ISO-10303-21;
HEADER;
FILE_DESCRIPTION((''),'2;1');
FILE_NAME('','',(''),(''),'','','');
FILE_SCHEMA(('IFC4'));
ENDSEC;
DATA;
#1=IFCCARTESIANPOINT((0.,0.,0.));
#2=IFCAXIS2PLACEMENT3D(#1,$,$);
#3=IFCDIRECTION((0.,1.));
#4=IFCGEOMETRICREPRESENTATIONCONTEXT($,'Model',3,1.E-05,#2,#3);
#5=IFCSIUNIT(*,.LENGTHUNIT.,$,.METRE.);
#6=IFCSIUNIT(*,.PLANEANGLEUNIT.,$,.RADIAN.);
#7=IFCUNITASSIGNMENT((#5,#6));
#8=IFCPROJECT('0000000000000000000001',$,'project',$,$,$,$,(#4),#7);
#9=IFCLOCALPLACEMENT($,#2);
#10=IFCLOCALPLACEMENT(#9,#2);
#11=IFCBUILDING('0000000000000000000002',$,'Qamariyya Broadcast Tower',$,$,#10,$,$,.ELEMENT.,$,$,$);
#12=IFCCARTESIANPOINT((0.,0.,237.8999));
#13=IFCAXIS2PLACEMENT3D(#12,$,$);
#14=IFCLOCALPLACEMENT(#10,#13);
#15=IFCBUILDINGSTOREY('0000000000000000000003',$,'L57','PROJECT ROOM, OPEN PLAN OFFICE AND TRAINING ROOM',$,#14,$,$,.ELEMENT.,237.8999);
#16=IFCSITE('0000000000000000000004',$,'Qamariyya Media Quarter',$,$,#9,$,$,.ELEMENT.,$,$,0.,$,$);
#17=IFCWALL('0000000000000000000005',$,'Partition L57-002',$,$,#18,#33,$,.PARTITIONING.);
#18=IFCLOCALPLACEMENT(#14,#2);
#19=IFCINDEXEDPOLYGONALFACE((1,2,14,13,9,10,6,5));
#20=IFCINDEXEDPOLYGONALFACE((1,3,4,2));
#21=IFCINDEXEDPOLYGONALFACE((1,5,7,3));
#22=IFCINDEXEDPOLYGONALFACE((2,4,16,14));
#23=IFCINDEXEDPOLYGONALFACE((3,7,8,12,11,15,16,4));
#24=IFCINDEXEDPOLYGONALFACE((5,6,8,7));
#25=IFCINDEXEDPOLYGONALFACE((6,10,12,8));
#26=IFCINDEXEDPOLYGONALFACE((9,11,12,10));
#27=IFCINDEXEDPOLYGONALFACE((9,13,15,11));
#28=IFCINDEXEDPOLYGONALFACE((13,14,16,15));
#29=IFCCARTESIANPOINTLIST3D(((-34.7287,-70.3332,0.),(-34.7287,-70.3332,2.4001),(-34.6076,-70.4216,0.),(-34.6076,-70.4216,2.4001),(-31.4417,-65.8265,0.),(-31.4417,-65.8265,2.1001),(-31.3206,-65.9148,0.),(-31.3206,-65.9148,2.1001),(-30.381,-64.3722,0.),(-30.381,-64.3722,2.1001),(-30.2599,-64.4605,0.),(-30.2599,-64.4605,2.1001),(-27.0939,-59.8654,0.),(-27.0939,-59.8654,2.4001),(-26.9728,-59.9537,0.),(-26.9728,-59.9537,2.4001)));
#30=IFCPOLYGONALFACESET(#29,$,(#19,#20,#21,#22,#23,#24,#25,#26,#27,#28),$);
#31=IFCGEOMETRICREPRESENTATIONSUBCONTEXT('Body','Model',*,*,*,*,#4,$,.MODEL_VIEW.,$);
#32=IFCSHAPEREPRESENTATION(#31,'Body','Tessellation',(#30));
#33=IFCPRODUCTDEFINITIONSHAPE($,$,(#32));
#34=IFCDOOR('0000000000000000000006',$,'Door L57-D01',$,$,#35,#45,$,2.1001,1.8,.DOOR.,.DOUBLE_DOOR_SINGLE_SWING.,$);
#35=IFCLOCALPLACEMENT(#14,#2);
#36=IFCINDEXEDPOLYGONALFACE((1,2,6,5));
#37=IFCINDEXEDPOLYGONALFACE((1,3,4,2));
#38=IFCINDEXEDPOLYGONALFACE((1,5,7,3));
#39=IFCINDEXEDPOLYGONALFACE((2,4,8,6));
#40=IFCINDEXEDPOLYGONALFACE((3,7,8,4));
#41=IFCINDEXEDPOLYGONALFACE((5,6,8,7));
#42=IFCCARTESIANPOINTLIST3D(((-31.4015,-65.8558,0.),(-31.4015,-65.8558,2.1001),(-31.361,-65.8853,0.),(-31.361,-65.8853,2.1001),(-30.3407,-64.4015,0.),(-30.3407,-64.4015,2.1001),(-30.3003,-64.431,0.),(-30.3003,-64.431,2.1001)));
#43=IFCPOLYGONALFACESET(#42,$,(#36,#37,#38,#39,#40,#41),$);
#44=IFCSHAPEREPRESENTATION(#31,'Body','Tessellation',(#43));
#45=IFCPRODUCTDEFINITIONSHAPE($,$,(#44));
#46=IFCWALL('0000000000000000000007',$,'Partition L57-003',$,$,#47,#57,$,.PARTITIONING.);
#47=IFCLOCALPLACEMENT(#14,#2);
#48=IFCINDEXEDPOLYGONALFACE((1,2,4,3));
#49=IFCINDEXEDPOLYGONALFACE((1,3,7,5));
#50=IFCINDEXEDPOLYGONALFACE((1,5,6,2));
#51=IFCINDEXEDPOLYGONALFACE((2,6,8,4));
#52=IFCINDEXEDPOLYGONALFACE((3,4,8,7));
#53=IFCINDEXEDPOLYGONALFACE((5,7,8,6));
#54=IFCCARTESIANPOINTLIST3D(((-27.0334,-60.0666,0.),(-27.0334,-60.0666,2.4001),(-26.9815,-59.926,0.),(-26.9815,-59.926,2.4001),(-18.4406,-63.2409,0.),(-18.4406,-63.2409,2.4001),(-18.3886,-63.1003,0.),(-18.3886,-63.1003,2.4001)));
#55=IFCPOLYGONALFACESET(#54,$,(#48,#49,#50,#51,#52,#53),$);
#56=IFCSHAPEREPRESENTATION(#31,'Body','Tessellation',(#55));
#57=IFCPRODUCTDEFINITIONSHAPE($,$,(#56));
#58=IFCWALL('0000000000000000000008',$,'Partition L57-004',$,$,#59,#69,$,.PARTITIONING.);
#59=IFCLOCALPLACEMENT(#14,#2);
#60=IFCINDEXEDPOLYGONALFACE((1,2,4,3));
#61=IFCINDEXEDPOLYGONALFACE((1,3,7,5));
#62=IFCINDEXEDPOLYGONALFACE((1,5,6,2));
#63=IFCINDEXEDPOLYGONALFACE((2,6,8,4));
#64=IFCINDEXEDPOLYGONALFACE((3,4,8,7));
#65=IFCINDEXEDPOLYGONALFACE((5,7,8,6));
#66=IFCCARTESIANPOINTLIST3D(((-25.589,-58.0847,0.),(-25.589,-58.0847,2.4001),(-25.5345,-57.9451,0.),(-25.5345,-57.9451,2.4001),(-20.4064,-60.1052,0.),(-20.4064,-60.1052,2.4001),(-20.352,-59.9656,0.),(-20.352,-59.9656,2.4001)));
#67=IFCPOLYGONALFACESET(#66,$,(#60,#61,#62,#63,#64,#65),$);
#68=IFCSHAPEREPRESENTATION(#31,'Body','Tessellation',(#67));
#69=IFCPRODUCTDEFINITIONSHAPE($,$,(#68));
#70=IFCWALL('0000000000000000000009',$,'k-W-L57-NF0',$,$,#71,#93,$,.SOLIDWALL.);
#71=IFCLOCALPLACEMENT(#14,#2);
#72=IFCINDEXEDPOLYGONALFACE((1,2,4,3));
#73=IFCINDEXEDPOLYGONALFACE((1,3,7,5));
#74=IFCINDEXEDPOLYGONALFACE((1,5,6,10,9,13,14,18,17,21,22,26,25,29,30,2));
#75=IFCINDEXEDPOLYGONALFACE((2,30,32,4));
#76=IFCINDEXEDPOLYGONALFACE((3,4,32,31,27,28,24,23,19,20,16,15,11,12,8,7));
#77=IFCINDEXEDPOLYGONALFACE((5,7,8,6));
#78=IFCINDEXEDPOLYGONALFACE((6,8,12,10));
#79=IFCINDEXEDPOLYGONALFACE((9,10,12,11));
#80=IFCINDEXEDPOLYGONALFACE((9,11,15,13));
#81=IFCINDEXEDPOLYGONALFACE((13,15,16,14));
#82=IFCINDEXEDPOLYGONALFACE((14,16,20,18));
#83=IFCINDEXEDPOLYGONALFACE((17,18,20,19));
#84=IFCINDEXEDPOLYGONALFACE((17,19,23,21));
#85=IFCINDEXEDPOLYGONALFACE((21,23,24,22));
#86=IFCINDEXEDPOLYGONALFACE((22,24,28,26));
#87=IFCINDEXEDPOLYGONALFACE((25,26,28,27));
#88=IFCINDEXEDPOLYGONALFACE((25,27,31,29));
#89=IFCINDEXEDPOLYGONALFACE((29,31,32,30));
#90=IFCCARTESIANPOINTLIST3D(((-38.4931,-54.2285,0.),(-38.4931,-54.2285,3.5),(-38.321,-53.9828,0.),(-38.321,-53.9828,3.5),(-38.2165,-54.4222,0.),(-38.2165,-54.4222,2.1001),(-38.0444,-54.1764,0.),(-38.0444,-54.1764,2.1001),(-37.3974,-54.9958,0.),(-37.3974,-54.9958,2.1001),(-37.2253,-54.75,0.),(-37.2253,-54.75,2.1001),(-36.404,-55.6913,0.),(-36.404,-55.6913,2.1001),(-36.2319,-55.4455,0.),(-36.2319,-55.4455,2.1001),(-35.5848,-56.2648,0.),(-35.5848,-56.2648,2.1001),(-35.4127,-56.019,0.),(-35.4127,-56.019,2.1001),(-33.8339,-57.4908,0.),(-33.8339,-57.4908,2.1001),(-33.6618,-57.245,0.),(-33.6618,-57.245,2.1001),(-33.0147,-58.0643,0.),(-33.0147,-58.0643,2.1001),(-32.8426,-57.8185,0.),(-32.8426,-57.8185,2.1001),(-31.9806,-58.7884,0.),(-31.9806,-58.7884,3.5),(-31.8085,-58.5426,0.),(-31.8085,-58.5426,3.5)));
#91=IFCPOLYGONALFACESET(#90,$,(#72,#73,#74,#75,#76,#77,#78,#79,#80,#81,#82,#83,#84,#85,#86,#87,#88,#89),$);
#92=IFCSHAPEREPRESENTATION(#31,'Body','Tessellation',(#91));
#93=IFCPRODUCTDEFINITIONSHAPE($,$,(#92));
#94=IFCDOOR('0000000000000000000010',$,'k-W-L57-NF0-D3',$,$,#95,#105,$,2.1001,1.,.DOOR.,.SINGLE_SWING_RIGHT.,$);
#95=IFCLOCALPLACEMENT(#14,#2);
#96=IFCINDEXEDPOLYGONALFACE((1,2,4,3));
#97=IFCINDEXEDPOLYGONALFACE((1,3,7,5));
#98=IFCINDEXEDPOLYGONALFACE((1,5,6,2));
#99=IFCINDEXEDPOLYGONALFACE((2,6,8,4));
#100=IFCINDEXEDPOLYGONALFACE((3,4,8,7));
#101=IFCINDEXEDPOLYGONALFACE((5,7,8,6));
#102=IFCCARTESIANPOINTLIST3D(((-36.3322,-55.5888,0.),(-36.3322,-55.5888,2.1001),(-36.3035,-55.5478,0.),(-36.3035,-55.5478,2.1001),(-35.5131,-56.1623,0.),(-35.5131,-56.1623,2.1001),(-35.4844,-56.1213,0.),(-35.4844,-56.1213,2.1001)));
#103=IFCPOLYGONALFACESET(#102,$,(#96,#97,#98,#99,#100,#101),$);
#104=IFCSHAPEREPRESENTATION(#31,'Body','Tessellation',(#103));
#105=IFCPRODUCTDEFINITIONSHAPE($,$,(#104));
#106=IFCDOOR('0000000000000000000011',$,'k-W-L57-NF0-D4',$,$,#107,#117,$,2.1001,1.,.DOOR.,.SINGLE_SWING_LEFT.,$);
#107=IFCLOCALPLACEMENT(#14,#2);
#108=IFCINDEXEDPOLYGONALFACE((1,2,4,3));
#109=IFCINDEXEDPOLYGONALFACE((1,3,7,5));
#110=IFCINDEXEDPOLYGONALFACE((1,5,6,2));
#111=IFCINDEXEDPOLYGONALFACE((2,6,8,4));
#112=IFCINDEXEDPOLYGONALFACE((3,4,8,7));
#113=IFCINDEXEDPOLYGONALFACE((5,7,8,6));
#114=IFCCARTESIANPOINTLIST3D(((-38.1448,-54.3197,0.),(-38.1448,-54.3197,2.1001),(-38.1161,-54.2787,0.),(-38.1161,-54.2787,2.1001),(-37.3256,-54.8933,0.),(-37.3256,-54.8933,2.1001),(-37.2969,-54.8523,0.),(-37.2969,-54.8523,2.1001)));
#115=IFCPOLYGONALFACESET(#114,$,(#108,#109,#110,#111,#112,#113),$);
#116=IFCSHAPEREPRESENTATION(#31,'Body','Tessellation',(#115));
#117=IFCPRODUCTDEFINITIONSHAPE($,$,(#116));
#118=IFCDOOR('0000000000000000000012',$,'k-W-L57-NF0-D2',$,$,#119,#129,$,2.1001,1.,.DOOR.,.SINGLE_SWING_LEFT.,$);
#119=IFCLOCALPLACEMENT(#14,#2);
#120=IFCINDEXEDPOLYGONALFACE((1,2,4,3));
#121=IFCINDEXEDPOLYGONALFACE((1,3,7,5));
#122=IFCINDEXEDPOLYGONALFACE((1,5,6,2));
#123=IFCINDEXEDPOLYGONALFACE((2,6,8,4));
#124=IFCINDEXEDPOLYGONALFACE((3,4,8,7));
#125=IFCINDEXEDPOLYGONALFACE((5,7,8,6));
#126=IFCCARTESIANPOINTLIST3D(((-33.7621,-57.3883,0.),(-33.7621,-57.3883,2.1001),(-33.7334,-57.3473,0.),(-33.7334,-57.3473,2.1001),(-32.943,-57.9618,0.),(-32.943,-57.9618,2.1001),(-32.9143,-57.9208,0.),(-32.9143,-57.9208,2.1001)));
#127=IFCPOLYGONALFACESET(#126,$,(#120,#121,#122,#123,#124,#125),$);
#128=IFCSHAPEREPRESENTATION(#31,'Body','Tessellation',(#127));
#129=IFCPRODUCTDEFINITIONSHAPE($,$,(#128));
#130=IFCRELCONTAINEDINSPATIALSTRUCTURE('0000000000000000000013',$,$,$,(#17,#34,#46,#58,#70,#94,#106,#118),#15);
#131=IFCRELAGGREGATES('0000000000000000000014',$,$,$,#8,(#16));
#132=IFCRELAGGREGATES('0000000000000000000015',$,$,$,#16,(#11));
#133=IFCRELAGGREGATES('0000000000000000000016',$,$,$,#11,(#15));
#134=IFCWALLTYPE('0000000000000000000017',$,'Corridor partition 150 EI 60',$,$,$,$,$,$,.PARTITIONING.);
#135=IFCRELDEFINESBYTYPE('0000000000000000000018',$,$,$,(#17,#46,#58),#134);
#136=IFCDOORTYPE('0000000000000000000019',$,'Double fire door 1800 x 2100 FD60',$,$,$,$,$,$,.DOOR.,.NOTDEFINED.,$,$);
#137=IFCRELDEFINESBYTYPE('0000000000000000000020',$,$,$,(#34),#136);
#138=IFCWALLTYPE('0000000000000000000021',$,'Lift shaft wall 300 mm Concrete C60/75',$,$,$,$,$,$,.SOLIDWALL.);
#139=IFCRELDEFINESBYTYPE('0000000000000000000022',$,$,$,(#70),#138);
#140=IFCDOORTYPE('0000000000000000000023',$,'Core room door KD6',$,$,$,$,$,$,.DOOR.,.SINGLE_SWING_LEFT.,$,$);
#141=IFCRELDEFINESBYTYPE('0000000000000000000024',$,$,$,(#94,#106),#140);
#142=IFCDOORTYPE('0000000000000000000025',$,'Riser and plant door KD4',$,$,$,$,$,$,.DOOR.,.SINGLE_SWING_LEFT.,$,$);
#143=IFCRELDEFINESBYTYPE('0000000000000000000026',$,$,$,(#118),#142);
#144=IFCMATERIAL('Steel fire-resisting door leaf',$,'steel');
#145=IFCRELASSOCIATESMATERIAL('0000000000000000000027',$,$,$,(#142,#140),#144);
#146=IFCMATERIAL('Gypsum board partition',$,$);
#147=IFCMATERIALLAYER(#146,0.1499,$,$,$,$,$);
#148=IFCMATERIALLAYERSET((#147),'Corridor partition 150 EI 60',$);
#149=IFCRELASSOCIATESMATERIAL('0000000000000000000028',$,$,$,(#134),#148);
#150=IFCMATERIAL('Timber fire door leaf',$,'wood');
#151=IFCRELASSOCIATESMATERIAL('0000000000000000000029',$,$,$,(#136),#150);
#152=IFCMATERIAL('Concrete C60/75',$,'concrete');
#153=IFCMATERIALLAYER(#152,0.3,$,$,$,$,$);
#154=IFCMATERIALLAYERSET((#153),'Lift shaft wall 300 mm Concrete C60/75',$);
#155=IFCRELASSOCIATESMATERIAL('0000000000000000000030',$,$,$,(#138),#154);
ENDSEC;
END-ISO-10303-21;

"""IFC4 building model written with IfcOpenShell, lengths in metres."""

from ifc_helpers import new_model, si_unit, direction, frame, frame_2d, origin, place, context, subcontext, project, spatial, rectangle, extrude, material, layer, layer_set, type_object, element, fill, save


model = new_model("IFC4")

# Units and contexts
model_context = context("Model", 3, precision=1e-05, world=origin(), true_north=direction((0.0, 1.0)))
body_context = subcontext(model_context, "Body", "Model", "MODEL_VIEW")
ifc_project = project(units=[si_unit("LENGTHUNIT", "METRE"), si_unit("PLANEANGLEUNIT", "RADIAN")], contexts=[model_context])

# Site, building, storey
site_placement = place(None, origin())
site = spatial("IfcSite", under=ifc_project, at=site_placement, Name="Qamariyya Media Quarter", CompositionType="ELEMENT", RefElevation=0.0)
building_placement = place(site_placement, origin())
building = spatial("IfcBuilding", under=site, at=building_placement, Name="Qamariyya Broadcast Tower", CompositionType="ELEMENT")
storey_placement = place(building_placement, frame((0.0, 0.0, 237.8999)))
storey = spatial("IfcBuildingStorey", under=building, at=storey_placement, Name="L57", Description="PROJECT ROOM, OPEN PLAN OFFICE AND TRAINING ROOM", CompositionType="ELEMENT", Elevation=237.8999)

# Shared definitions
ifc_material_1 = material(Name="Concrete C60/75", Category="concrete")

# Shared definitions
ifc_material_2 = material(Name="Steel fire-resisting door leaf", Category="steel")

# Shared definitions
door_type_1 = type_object("IfcDoorType", Name="Riser and plant door KD4", OperationType="SINGLE_SWING_LEFT", PredefinedType="DOOR", material=ifc_material_2)

# Wall, opening, door
ifc_material_3 = material(Name="Gypsum board partition")
ifc_layer_1 = layer(ifc_material_3, 0.1499)
ifc_layer_set_1 = layer_set([ifc_layer_1], Name="Corridor partition 150 EI 60")
wall_type_1 = type_object("IfcWallType", Name="Corridor partition 150 EI 60", PredefinedType="PARTITIONING", material=ifc_layer_set_1)
wall_1_placement = place(storey_placement, frame((-27.0334, -59.9097, 0.0), z_axis=(0.0, 0.0, 1.0), x_axis=(-0.589274, -0.807934, 0.0)))
wall_1 = element("IfcWall", 1, at=wall_1_placement, inside=storey, type_object=wall_type_1, Name="Partition L57-002", PredefinedType="PARTITIONING", context=body_context, shape_type="SweptSolid", body=[
    extrude(rectangle(XDim=12.9563, YDim=0.1499, at=frame_2d((6.478, 0.0))), origin(), (0.0, 0.0, 1.0), 2.4001),
])
opening_1_placement = place(wall_1_placement, frame((5.5781, 0.0, 0.0)))
opening_1 = element("IfcOpeningElement", 2, at=opening_1_placement, cuts=wall_1, PredefinedType="OPENING", context=body_context, shape_type="SweptSolid", body=[
    extrude(rectangle(XDim=1.8, YDim=2.1001, at=frame_2d((0.8999, 1.05))), frame((0.0, 0.085, 0.0), z_axis=(0.0, -1.0, 0.0), x_axis=(1.0, 0.0, 0.0)), (0.0, 0.0, 1.0), 0.1699),
])
ifc_material_4 = material(Name="Timber fire door leaf", Category="wood")
door_type_2 = type_object("IfcDoorType", Name="Double fire door 1800 x 2100 FD60", OperationType="NOTDEFINED", PredefinedType="DOOR", material=ifc_material_4)
door_1_placement = place(opening_1_placement, origin())
door_1 = element("IfcDoor", 3, at=door_1_placement, inside=storey, type_object=door_type_2, Name="Door L57-D01", OperationType="DOUBLE_DOOR_SINGLE_SWING", OverallHeight=2.1001, OverallWidth=1.8, PredefinedType="DOOR", context=body_context, shape_type="SweptSolid", body=[
    extrude(rectangle(XDim=1.8, YDim=2.1001, at=frame_2d((0.8999, 1.05))), frame((0.0, 0.0249, 0.0), z_axis=(0.0, -1.0, 0.0), x_axis=(1.0, 0.0, 0.0)), (0.0, 0.0, 1.0), 0.05),
])
fill(opening_1, door_1)

# Walls
wall_2_placement = place(storey_placement, frame((-27.0073, -59.9963, 0.0), z_axis=(0.0, 0.0, 1.0), x_axis=(0.93804, -0.346528, 0.0)))
element("IfcWall", 4, at=wall_2_placement, inside=storey, type_object=wall_type_1, Name="Partition L57-003", PredefinedType="PARTITIONING", context=body_context, shape_type="SweptSolid", body=[
    extrude(rectangle(XDim=9.1604, YDim=0.1499, at=frame_2d((4.5801, 0.0))), origin(), (0.0, 0.0, 1.0), 2.4001),
])
wall_3_placement = place(storey_placement, frame((-25.5618, -58.0149, 0.0), z_axis=(0.0, 0.0, 1.0), x_axis=(0.931698, -0.363234, 0.0)))
element("IfcWall", 5, at=wall_3_placement, inside=storey, type_object=wall_type_1, Name="Partition L57-004", PredefinedType="PARTITIONING", context=body_context, shape_type="SweptSolid", body=[
    extrude(rectangle(XDim=5.5625, YDim=0.1499, at=frame_2d((2.7812, 0.0))), origin(), (0.0, 0.0, 1.0), 2.4001),
])

# Wall, openings, doors
ifc_layer_2 = layer(ifc_material_1, 0.3)
ifc_layer_set_2 = layer_set([ifc_layer_2], Name="Lift shaft wall 300 mm Concrete C60/75")
wall_type_2 = type_object("IfcWallType", Name="Lift shaft wall 300 mm Concrete C60/75", PredefinedType="SOLIDWALL", material=ifc_layer_set_2)
wall_4_placement = place(storey_placement, frame((-31.8945, -58.6655, 0.0), z_axis=(0.0, 0.0, 1.0), x_axis=(-0.819167, 0.573555, 0.0)))
wall_4 = element("IfcWall", 6, at=wall_4_placement, inside=storey, type_object=wall_type_2, Name="k-W-L57-NF0", PredefinedType="SOLIDWALL", context=body_context, shape_type="SweptSolid", body=[
    extrude(rectangle(XDim=7.9502, YDim=0.3, at=frame_2d((3.9751, 0.0))), origin(), (0.0, 0.0, 1.0), 3.5),
])
opening_2_placement = place(wall_4_placement, frame((1.2625, 0.0, 0.0)))
opening_2 = element("IfcOpeningElement", 7, at=opening_2_placement, cuts=wall_4, PredefinedType="OPENING", context=body_context, shape_type="SweptSolid", body=[
    extrude(rectangle(XDim=1.0, YDim=2.1001, at=frame_2d((0.5, 1.05))), frame((0.0, 0.1599, 0.0), z_axis=(0.0, -1.0, 0.0), x_axis=(1.0, 0.0, 0.0)), (0.0, 0.0, 1.0), 0.3201),
])
opening_3_placement = place(wall_4_placement, frame((4.3999, 0.0, 0.0)))
opening_3 = element("IfcOpeningElement", 8, at=opening_3_placement, cuts=wall_4, PredefinedType="OPENING", context=body_context, shape_type="SweptSolid", body=[
    extrude(rectangle(XDim=1.0, YDim=2.1001, at=frame_2d((0.5, 1.05))), frame((0.0, 0.1599, 0.0), z_axis=(0.0, -1.0, 0.0), x_axis=(1.0, 0.0, 0.0)), (0.0, 0.0, 1.0), 0.3201),
])
opening_4_placement = place(wall_4_placement, frame((6.6125, 0.0, 0.0)))
opening_4 = element("IfcOpeningElement", 9, at=opening_4_placement, cuts=wall_4, PredefinedType="OPENING", context=body_context, shape_type="SweptSolid", body=[
    extrude(rectangle(XDim=1.0, YDim=2.1001, at=frame_2d((0.5, 1.05))), frame((0.0, 0.1599, 0.0), z_axis=(0.0, -1.0, 0.0), x_axis=(1.0, 0.0, 0.0)), (0.0, 0.0, 1.0), 0.3201),
])
door_type_3 = type_object("IfcDoorType", Name="Core room door KD6", OperationType="SINGLE_SWING_LEFT", PredefinedType="DOOR", material=ifc_material_2)
door_2_placement = place(opening_3_placement, origin())
door_2 = element("IfcDoor", 10, at=door_2_placement, inside=storey, type_object=door_type_3, Name="k-W-L57-NF0-D3", OperationType="SINGLE_SWING_RIGHT", OverallHeight=2.1001, OverallWidth=1.0, PredefinedType="DOOR", context=body_context, shape_type="SweptSolid", body=[
    extrude(rectangle(XDim=1.0, YDim=2.1001, at=frame_2d((0.5, 1.05))), frame((0.0, 0.0249, 0.0), z_axis=(0.0, -1.0, 0.0), x_axis=(1.0, 0.0, 0.0)), (0.0, 0.0, 1.0), 0.05),
])
fill(opening_3, door_2)
door_3_placement = place(opening_4_placement, origin())
door_3 = element("IfcDoor", 11, at=door_3_placement, inside=storey, type_object=door_type_3, Name="k-W-L57-NF0-D4", OperationType="SINGLE_SWING_LEFT", OverallHeight=2.1001, OverallWidth=1.0, PredefinedType="DOOR", context=body_context, shape_type="SweptSolid", body=[
    extrude(rectangle(XDim=1.0, YDim=2.1001, at=frame_2d((0.5, 1.05))), frame((0.0, 0.0249, 0.0), z_axis=(0.0, -1.0, 0.0), x_axis=(1.0, 0.0, 0.0)), (0.0, 0.0, 1.0), 0.05),
])
fill(opening_4, door_3)
door_4_placement = place(opening_2_placement, origin())
door_4 = element("IfcDoor", 12, at=door_4_placement, inside=storey, type_object=door_type_1, Name="k-W-L57-NF0-D2", OperationType="SINGLE_SWING_LEFT", OverallHeight=2.1001, OverallWidth=1.0, PredefinedType="DOOR", context=body_context, shape_type="SweptSolid", body=[
    extrude(rectangle(XDim=1.0, YDim=2.1001, at=frame_2d((0.5, 1.05))), frame((0.0, 0.0249, 0.0), z_axis=(0.0, -1.0, 0.0), x_axis=(1.0, 0.0, 0.0)), (0.0, 0.0, 1.0), 0.05),
])
fill(opening_2, door_4)

save(model, "model.ifc")
